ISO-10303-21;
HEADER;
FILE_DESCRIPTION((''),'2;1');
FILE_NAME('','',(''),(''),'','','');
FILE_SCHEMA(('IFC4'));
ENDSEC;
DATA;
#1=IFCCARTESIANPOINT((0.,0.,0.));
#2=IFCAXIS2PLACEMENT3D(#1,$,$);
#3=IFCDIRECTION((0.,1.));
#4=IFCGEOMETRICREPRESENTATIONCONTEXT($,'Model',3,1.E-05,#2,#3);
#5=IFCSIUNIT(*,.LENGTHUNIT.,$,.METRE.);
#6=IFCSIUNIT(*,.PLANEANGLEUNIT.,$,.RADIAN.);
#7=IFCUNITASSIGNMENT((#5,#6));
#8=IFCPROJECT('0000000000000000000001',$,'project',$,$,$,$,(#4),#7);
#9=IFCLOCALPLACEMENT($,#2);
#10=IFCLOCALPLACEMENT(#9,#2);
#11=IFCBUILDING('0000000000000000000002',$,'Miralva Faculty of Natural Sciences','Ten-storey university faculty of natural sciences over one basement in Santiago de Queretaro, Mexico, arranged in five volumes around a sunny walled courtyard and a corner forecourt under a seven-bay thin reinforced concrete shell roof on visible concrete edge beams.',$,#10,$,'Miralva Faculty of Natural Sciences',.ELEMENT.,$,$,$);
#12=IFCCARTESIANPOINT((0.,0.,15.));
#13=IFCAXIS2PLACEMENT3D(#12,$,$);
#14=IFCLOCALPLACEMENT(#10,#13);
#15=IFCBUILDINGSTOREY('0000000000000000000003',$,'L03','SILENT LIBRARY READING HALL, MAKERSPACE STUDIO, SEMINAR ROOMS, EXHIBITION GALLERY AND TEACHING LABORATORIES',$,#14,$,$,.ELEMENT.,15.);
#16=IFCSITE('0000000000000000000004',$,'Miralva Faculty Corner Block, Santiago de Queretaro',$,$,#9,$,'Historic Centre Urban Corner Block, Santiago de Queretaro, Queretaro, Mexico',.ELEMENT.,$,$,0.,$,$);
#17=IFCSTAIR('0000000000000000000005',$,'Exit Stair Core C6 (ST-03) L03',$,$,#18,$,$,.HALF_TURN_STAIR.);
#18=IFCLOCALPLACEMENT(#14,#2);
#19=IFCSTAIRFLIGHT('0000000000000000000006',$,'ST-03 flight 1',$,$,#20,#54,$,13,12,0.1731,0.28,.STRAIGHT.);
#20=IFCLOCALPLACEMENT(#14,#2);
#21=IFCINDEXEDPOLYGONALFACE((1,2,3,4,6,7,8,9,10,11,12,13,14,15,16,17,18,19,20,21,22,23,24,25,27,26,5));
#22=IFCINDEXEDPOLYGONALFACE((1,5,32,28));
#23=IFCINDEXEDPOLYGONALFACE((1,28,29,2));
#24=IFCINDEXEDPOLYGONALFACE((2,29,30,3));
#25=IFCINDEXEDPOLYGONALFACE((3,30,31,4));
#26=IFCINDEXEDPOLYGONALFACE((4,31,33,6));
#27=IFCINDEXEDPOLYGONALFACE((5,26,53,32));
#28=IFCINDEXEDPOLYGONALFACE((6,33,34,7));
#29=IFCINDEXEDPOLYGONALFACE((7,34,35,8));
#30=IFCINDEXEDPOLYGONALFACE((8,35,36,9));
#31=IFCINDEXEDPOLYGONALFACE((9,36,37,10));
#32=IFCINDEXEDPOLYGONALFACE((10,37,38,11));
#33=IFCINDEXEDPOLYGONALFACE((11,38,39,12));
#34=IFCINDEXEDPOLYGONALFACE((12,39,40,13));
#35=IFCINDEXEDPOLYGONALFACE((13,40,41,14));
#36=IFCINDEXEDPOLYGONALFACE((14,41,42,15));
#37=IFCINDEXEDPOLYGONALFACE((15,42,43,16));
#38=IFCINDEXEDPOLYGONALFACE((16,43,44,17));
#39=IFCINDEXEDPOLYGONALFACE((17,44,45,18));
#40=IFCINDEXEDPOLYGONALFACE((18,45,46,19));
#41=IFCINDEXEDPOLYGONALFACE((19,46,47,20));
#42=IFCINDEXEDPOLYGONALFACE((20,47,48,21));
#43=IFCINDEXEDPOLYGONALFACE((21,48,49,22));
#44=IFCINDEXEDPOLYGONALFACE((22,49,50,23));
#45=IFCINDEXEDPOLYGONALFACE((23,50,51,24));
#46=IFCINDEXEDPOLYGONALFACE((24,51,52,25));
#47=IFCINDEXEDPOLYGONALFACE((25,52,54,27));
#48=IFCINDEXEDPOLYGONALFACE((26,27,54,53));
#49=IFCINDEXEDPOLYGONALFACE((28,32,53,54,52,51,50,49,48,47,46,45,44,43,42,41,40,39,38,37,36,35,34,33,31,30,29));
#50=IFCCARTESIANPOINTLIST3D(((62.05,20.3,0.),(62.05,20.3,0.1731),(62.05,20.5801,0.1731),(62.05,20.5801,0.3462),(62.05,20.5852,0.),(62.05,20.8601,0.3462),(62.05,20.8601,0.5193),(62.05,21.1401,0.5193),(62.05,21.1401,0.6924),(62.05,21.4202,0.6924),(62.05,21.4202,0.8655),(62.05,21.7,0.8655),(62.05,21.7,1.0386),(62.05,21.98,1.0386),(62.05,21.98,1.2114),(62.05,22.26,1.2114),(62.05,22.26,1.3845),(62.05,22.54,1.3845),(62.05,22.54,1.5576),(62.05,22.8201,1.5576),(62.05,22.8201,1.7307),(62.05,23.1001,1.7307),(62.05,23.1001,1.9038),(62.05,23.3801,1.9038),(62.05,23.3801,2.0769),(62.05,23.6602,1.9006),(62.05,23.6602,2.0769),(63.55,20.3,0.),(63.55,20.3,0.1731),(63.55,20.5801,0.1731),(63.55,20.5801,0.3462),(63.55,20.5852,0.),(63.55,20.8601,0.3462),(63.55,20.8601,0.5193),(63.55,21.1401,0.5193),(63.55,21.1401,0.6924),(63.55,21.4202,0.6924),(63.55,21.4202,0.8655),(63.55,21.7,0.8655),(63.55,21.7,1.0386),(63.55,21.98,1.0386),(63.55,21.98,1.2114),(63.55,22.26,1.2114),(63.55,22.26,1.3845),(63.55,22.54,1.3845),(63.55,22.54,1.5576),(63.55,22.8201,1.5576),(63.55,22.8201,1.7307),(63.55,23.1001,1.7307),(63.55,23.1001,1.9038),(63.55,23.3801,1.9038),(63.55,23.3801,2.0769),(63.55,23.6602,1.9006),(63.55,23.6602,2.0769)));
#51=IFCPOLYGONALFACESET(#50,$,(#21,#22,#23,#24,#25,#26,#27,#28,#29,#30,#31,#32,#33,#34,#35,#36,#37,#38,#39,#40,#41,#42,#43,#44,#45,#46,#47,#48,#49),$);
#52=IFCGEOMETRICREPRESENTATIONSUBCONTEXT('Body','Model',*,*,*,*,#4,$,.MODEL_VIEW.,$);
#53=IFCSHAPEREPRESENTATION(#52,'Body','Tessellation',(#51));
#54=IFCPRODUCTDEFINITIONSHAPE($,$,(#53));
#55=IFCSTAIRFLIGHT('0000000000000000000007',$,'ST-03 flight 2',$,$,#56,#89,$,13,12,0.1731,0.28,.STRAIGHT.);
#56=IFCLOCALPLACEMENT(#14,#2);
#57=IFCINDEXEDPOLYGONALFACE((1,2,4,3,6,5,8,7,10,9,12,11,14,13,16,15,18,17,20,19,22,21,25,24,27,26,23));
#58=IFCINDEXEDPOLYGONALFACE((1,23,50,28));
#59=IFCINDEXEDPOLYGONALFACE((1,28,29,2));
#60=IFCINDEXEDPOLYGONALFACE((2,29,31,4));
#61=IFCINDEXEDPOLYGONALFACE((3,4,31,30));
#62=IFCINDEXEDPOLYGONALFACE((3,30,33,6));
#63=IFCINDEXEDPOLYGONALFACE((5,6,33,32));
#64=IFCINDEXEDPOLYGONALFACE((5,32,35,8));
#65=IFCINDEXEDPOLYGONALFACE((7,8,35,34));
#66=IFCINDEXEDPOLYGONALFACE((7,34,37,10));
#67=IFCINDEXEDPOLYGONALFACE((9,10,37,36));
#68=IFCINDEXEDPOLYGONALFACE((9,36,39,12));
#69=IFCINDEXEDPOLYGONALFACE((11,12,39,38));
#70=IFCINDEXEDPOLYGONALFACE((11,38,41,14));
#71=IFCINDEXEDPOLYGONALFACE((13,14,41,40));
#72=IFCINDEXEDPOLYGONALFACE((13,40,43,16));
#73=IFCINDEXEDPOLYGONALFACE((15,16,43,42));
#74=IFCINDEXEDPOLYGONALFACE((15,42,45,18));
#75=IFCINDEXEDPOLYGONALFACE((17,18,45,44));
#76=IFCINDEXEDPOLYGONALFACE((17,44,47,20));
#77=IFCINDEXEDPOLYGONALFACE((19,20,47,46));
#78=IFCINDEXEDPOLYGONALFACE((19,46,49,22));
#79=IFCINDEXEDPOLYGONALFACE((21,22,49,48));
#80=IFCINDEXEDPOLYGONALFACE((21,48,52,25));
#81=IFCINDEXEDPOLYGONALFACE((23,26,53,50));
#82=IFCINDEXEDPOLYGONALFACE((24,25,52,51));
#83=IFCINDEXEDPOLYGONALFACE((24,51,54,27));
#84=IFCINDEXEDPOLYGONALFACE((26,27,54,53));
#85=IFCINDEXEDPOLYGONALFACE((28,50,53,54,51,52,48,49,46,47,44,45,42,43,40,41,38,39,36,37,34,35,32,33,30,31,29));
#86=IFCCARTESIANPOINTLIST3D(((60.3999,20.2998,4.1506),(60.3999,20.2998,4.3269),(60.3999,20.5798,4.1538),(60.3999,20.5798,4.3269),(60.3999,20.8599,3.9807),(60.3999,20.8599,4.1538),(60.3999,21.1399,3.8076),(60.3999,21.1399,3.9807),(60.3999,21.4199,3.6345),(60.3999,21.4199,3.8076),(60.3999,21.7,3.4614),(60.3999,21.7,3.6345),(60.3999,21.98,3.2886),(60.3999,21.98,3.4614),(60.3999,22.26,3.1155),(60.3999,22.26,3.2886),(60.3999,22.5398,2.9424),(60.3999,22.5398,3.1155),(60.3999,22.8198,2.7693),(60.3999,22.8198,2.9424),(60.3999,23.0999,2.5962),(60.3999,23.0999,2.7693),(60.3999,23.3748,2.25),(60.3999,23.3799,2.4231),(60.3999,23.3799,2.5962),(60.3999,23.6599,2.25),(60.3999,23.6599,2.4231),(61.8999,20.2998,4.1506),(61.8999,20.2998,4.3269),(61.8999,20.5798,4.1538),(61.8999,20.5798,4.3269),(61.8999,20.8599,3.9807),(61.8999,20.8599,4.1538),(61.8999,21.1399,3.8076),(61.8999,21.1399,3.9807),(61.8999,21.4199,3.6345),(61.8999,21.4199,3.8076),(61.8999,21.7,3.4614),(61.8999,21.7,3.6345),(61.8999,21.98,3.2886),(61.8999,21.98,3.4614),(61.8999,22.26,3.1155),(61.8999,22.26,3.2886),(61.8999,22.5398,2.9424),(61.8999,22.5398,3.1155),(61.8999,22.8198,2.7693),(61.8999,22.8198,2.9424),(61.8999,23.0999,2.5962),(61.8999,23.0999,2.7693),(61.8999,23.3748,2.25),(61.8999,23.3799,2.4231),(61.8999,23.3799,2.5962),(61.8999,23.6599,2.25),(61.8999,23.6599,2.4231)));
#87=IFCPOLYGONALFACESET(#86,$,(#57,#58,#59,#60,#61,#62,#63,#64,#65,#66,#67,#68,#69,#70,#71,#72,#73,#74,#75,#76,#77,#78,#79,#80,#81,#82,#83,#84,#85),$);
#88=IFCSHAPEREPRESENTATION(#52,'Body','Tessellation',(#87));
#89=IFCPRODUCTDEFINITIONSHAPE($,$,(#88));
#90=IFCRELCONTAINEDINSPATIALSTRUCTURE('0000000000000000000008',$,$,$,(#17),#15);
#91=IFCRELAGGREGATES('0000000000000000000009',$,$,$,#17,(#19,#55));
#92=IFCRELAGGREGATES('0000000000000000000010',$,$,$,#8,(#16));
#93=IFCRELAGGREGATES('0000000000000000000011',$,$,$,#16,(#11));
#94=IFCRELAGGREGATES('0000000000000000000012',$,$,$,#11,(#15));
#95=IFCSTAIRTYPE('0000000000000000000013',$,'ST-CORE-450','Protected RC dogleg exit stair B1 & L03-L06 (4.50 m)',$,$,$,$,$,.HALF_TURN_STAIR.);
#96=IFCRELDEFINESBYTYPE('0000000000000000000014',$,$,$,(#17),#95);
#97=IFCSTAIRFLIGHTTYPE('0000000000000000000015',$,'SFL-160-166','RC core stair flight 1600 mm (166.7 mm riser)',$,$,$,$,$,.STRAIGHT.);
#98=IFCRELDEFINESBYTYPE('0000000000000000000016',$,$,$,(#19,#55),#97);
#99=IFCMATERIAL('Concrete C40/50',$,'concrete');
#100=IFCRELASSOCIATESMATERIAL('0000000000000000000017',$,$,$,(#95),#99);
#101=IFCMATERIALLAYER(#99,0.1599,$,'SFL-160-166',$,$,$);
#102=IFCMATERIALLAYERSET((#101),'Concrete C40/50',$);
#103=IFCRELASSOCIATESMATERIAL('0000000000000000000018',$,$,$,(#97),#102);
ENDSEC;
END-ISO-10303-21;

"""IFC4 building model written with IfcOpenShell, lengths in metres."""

from ifc_helpers import new_model, si_unit, direction, frame, origin, place, context, subcontext, project, spatial, polyline, outline, extrude, material, layer, layer_set, type_object, element, aggregate, save


model = new_model("IFC4")

# Units and contexts
model_context = context("Model", 3, precision=1e-05, world=origin(), true_north=direction((0.0, 1.0)))
body_context = subcontext(model_context, "Body", "Model", "MODEL_VIEW")
ifc_project = project(units=[si_unit("LENGTHUNIT", "METRE"), si_unit("PLANEANGLEUNIT", "RADIAN")], contexts=[model_context])

# Site, building, storey
site_placement = place(None, origin())
site = spatial("IfcSite", under=ifc_project, at=site_placement, Name="Miralva Faculty Corner Block, Santiago de Queretaro", LongName="Historic Centre Urban Corner Block, Santiago de Queretaro, Queretaro, Mexico", CompositionType="ELEMENT", RefElevation=0.0)
building_placement = place(site_placement, origin())
building = spatial("IfcBuilding", under=site, at=building_placement, Name="Miralva Faculty of Natural Sciences", Description="Ten-storey university faculty of natural sciences over one basement in Santiago de Queretaro, Mexico, arranged in five volumes around a sunny walled courtyard and a corner forecourt under a seven-bay thin reinforced concrete shell roof on visible concrete edge beams.", LongName="Miralva Faculty of Natural Sciences", CompositionType="ELEMENT")
storey_placement = place(building_placement, frame((0.0, 0.0, 15.0)))
storey = spatial("IfcBuildingStorey", under=building, at=storey_placement, Name="L03", Description="SILENT LIBRARY READING HALL, MAKERSPACE STUDIO, SEMINAR ROOMS, EXHIBITION GALLERY AND TEACHING LABORATORIES", CompositionType="ELEMENT", Elevation=15.0)

# Shared definitions
ifc_material_1 = material(Name="Concrete C40/50", Category="concrete")

# Stair, stair flights
stair_type = type_object("IfcStairType", Name="ST-CORE-450", Description="Protected RC dogleg exit stair B1 & L03-L06 (4.50 m)", PredefinedType="HALF_TURN_STAIR", material=ifc_material_1)
stair_placement = place(storey_placement, origin())
stair = element("IfcStair", 1, at=stair_placement, inside=storey, type_object=stair_type, Name="Exit Stair Core C6 (ST-03) L03", PredefinedType="HALF_TURN_STAIR")
ifc_layer_1 = layer(ifc_material_1, 0.1599, Name="SFL-160-166")
ifc_layer_set_1 = layer_set([ifc_layer_1], Name="Concrete C40/50")
stair_flight_type = type_object("IfcStairFlightType", Name="SFL-160-166", Description="RC core stair flight 1600 mm (166.7 mm riser)", PredefinedType="STRAIGHT", material=ifc_layer_set_1)
stair_flight_1_placement = place(storey_placement, frame((62.8, 20.3, 0.0), z_axis=(0.0, 0.0, 1.0), x_axis=(0.0, 1.0, 0.0)))
stair_flight_1 = element("IfcStairFlight", 2, at=stair_flight_1_placement, type_object=stair_flight_type, Name="ST-03 flight 1", NumberOfRisers=13, NumberOfTreads=12, PredefinedType="STRAIGHT", RiserHeight=0.1731, TreadLength=0.28, context=body_context, shape_type="SweptSolid", body=[
    extrude(outline(polyline([(0.0, 0.0), (0.0, 0.1731), (0.28, 0.1731), (0.28, 0.3462), (0.5601, 0.3462), (0.5601, 0.5193), (0.8401, 0.5193), (0.8401, 0.6924), (1.1201, 0.6924), (1.1201, 0.8655), (1.3999, 0.8655), (1.3999, 1.0386), (1.6799, 1.0386), (1.6799, 1.2114), (1.96, 1.2114), (1.96, 1.3845), (2.24, 1.3845), (2.24, 1.5576), (2.52, 1.5576), (2.52, 1.7307), (2.8, 1.7307), (2.8, 1.9038), (3.0801, 1.9038), (3.0801, 2.0769), (3.3601, 2.0769), (3.3601, 2.25), (3.3601, 1.9006), (0.2852, 0.0), (0.0, 0.0)])), frame((0.0, 0.75, 0.0), z_axis=(0.0, -1.0, 0.0), x_axis=(1.0, 0.0, 0.0)), (0.0, 0.0, 1.0), 1.5),
])
stair_flight_2_placement = place(storey_placement, frame((61.1499, 23.6599, 2.25), z_axis=(0.0, 0.0, 1.0), x_axis=(0.0, -1.0, 0.0)))
stair_flight_2 = element("IfcStairFlight", 3, at=stair_flight_2_placement, type_object=stair_flight_type, Name="ST-03 flight 2", NumberOfRisers=13, NumberOfTreads=12, PredefinedType="STRAIGHT", RiserHeight=0.1731, TreadLength=0.28, context=body_context, shape_type="SweptSolid", body=[
    extrude(outline(polyline([(0.0, 0.0), (0.0, 0.1731), (0.28, 0.1731), (0.28, 0.3462), (0.5601, 0.3462), (0.5601, 0.5193), (0.8401, 0.5193), (0.8401, 0.6924), (1.1201, 0.6924), (1.1201, 0.8655), (1.3999, 0.8655), (1.3999, 1.0386), (1.6799, 1.0386), (1.6799, 1.2114), (1.96, 1.2114), (1.96, 1.3845), (2.24, 1.3845), (2.24, 1.5576), (2.52, 1.5576), (2.52, 1.7307), (2.8, 1.7307), (2.8, 1.9038), (3.0801, 1.9038), (3.0801, 2.0769), (3.3601, 2.0769), (3.3601, 2.25), (3.3601, 1.9006), (0.2852, 0.0), (0.0, 0.0)])), frame((0.0, 0.75, 0.0), z_axis=(0.0, -1.0, 0.0), x_axis=(1.0, 0.0, 0.0)), (0.0, 0.0, 1.0), 1.5),
])
aggregate(stair, [stair_flight_1, stair_flight_2])

save(model, "model.ifc")
